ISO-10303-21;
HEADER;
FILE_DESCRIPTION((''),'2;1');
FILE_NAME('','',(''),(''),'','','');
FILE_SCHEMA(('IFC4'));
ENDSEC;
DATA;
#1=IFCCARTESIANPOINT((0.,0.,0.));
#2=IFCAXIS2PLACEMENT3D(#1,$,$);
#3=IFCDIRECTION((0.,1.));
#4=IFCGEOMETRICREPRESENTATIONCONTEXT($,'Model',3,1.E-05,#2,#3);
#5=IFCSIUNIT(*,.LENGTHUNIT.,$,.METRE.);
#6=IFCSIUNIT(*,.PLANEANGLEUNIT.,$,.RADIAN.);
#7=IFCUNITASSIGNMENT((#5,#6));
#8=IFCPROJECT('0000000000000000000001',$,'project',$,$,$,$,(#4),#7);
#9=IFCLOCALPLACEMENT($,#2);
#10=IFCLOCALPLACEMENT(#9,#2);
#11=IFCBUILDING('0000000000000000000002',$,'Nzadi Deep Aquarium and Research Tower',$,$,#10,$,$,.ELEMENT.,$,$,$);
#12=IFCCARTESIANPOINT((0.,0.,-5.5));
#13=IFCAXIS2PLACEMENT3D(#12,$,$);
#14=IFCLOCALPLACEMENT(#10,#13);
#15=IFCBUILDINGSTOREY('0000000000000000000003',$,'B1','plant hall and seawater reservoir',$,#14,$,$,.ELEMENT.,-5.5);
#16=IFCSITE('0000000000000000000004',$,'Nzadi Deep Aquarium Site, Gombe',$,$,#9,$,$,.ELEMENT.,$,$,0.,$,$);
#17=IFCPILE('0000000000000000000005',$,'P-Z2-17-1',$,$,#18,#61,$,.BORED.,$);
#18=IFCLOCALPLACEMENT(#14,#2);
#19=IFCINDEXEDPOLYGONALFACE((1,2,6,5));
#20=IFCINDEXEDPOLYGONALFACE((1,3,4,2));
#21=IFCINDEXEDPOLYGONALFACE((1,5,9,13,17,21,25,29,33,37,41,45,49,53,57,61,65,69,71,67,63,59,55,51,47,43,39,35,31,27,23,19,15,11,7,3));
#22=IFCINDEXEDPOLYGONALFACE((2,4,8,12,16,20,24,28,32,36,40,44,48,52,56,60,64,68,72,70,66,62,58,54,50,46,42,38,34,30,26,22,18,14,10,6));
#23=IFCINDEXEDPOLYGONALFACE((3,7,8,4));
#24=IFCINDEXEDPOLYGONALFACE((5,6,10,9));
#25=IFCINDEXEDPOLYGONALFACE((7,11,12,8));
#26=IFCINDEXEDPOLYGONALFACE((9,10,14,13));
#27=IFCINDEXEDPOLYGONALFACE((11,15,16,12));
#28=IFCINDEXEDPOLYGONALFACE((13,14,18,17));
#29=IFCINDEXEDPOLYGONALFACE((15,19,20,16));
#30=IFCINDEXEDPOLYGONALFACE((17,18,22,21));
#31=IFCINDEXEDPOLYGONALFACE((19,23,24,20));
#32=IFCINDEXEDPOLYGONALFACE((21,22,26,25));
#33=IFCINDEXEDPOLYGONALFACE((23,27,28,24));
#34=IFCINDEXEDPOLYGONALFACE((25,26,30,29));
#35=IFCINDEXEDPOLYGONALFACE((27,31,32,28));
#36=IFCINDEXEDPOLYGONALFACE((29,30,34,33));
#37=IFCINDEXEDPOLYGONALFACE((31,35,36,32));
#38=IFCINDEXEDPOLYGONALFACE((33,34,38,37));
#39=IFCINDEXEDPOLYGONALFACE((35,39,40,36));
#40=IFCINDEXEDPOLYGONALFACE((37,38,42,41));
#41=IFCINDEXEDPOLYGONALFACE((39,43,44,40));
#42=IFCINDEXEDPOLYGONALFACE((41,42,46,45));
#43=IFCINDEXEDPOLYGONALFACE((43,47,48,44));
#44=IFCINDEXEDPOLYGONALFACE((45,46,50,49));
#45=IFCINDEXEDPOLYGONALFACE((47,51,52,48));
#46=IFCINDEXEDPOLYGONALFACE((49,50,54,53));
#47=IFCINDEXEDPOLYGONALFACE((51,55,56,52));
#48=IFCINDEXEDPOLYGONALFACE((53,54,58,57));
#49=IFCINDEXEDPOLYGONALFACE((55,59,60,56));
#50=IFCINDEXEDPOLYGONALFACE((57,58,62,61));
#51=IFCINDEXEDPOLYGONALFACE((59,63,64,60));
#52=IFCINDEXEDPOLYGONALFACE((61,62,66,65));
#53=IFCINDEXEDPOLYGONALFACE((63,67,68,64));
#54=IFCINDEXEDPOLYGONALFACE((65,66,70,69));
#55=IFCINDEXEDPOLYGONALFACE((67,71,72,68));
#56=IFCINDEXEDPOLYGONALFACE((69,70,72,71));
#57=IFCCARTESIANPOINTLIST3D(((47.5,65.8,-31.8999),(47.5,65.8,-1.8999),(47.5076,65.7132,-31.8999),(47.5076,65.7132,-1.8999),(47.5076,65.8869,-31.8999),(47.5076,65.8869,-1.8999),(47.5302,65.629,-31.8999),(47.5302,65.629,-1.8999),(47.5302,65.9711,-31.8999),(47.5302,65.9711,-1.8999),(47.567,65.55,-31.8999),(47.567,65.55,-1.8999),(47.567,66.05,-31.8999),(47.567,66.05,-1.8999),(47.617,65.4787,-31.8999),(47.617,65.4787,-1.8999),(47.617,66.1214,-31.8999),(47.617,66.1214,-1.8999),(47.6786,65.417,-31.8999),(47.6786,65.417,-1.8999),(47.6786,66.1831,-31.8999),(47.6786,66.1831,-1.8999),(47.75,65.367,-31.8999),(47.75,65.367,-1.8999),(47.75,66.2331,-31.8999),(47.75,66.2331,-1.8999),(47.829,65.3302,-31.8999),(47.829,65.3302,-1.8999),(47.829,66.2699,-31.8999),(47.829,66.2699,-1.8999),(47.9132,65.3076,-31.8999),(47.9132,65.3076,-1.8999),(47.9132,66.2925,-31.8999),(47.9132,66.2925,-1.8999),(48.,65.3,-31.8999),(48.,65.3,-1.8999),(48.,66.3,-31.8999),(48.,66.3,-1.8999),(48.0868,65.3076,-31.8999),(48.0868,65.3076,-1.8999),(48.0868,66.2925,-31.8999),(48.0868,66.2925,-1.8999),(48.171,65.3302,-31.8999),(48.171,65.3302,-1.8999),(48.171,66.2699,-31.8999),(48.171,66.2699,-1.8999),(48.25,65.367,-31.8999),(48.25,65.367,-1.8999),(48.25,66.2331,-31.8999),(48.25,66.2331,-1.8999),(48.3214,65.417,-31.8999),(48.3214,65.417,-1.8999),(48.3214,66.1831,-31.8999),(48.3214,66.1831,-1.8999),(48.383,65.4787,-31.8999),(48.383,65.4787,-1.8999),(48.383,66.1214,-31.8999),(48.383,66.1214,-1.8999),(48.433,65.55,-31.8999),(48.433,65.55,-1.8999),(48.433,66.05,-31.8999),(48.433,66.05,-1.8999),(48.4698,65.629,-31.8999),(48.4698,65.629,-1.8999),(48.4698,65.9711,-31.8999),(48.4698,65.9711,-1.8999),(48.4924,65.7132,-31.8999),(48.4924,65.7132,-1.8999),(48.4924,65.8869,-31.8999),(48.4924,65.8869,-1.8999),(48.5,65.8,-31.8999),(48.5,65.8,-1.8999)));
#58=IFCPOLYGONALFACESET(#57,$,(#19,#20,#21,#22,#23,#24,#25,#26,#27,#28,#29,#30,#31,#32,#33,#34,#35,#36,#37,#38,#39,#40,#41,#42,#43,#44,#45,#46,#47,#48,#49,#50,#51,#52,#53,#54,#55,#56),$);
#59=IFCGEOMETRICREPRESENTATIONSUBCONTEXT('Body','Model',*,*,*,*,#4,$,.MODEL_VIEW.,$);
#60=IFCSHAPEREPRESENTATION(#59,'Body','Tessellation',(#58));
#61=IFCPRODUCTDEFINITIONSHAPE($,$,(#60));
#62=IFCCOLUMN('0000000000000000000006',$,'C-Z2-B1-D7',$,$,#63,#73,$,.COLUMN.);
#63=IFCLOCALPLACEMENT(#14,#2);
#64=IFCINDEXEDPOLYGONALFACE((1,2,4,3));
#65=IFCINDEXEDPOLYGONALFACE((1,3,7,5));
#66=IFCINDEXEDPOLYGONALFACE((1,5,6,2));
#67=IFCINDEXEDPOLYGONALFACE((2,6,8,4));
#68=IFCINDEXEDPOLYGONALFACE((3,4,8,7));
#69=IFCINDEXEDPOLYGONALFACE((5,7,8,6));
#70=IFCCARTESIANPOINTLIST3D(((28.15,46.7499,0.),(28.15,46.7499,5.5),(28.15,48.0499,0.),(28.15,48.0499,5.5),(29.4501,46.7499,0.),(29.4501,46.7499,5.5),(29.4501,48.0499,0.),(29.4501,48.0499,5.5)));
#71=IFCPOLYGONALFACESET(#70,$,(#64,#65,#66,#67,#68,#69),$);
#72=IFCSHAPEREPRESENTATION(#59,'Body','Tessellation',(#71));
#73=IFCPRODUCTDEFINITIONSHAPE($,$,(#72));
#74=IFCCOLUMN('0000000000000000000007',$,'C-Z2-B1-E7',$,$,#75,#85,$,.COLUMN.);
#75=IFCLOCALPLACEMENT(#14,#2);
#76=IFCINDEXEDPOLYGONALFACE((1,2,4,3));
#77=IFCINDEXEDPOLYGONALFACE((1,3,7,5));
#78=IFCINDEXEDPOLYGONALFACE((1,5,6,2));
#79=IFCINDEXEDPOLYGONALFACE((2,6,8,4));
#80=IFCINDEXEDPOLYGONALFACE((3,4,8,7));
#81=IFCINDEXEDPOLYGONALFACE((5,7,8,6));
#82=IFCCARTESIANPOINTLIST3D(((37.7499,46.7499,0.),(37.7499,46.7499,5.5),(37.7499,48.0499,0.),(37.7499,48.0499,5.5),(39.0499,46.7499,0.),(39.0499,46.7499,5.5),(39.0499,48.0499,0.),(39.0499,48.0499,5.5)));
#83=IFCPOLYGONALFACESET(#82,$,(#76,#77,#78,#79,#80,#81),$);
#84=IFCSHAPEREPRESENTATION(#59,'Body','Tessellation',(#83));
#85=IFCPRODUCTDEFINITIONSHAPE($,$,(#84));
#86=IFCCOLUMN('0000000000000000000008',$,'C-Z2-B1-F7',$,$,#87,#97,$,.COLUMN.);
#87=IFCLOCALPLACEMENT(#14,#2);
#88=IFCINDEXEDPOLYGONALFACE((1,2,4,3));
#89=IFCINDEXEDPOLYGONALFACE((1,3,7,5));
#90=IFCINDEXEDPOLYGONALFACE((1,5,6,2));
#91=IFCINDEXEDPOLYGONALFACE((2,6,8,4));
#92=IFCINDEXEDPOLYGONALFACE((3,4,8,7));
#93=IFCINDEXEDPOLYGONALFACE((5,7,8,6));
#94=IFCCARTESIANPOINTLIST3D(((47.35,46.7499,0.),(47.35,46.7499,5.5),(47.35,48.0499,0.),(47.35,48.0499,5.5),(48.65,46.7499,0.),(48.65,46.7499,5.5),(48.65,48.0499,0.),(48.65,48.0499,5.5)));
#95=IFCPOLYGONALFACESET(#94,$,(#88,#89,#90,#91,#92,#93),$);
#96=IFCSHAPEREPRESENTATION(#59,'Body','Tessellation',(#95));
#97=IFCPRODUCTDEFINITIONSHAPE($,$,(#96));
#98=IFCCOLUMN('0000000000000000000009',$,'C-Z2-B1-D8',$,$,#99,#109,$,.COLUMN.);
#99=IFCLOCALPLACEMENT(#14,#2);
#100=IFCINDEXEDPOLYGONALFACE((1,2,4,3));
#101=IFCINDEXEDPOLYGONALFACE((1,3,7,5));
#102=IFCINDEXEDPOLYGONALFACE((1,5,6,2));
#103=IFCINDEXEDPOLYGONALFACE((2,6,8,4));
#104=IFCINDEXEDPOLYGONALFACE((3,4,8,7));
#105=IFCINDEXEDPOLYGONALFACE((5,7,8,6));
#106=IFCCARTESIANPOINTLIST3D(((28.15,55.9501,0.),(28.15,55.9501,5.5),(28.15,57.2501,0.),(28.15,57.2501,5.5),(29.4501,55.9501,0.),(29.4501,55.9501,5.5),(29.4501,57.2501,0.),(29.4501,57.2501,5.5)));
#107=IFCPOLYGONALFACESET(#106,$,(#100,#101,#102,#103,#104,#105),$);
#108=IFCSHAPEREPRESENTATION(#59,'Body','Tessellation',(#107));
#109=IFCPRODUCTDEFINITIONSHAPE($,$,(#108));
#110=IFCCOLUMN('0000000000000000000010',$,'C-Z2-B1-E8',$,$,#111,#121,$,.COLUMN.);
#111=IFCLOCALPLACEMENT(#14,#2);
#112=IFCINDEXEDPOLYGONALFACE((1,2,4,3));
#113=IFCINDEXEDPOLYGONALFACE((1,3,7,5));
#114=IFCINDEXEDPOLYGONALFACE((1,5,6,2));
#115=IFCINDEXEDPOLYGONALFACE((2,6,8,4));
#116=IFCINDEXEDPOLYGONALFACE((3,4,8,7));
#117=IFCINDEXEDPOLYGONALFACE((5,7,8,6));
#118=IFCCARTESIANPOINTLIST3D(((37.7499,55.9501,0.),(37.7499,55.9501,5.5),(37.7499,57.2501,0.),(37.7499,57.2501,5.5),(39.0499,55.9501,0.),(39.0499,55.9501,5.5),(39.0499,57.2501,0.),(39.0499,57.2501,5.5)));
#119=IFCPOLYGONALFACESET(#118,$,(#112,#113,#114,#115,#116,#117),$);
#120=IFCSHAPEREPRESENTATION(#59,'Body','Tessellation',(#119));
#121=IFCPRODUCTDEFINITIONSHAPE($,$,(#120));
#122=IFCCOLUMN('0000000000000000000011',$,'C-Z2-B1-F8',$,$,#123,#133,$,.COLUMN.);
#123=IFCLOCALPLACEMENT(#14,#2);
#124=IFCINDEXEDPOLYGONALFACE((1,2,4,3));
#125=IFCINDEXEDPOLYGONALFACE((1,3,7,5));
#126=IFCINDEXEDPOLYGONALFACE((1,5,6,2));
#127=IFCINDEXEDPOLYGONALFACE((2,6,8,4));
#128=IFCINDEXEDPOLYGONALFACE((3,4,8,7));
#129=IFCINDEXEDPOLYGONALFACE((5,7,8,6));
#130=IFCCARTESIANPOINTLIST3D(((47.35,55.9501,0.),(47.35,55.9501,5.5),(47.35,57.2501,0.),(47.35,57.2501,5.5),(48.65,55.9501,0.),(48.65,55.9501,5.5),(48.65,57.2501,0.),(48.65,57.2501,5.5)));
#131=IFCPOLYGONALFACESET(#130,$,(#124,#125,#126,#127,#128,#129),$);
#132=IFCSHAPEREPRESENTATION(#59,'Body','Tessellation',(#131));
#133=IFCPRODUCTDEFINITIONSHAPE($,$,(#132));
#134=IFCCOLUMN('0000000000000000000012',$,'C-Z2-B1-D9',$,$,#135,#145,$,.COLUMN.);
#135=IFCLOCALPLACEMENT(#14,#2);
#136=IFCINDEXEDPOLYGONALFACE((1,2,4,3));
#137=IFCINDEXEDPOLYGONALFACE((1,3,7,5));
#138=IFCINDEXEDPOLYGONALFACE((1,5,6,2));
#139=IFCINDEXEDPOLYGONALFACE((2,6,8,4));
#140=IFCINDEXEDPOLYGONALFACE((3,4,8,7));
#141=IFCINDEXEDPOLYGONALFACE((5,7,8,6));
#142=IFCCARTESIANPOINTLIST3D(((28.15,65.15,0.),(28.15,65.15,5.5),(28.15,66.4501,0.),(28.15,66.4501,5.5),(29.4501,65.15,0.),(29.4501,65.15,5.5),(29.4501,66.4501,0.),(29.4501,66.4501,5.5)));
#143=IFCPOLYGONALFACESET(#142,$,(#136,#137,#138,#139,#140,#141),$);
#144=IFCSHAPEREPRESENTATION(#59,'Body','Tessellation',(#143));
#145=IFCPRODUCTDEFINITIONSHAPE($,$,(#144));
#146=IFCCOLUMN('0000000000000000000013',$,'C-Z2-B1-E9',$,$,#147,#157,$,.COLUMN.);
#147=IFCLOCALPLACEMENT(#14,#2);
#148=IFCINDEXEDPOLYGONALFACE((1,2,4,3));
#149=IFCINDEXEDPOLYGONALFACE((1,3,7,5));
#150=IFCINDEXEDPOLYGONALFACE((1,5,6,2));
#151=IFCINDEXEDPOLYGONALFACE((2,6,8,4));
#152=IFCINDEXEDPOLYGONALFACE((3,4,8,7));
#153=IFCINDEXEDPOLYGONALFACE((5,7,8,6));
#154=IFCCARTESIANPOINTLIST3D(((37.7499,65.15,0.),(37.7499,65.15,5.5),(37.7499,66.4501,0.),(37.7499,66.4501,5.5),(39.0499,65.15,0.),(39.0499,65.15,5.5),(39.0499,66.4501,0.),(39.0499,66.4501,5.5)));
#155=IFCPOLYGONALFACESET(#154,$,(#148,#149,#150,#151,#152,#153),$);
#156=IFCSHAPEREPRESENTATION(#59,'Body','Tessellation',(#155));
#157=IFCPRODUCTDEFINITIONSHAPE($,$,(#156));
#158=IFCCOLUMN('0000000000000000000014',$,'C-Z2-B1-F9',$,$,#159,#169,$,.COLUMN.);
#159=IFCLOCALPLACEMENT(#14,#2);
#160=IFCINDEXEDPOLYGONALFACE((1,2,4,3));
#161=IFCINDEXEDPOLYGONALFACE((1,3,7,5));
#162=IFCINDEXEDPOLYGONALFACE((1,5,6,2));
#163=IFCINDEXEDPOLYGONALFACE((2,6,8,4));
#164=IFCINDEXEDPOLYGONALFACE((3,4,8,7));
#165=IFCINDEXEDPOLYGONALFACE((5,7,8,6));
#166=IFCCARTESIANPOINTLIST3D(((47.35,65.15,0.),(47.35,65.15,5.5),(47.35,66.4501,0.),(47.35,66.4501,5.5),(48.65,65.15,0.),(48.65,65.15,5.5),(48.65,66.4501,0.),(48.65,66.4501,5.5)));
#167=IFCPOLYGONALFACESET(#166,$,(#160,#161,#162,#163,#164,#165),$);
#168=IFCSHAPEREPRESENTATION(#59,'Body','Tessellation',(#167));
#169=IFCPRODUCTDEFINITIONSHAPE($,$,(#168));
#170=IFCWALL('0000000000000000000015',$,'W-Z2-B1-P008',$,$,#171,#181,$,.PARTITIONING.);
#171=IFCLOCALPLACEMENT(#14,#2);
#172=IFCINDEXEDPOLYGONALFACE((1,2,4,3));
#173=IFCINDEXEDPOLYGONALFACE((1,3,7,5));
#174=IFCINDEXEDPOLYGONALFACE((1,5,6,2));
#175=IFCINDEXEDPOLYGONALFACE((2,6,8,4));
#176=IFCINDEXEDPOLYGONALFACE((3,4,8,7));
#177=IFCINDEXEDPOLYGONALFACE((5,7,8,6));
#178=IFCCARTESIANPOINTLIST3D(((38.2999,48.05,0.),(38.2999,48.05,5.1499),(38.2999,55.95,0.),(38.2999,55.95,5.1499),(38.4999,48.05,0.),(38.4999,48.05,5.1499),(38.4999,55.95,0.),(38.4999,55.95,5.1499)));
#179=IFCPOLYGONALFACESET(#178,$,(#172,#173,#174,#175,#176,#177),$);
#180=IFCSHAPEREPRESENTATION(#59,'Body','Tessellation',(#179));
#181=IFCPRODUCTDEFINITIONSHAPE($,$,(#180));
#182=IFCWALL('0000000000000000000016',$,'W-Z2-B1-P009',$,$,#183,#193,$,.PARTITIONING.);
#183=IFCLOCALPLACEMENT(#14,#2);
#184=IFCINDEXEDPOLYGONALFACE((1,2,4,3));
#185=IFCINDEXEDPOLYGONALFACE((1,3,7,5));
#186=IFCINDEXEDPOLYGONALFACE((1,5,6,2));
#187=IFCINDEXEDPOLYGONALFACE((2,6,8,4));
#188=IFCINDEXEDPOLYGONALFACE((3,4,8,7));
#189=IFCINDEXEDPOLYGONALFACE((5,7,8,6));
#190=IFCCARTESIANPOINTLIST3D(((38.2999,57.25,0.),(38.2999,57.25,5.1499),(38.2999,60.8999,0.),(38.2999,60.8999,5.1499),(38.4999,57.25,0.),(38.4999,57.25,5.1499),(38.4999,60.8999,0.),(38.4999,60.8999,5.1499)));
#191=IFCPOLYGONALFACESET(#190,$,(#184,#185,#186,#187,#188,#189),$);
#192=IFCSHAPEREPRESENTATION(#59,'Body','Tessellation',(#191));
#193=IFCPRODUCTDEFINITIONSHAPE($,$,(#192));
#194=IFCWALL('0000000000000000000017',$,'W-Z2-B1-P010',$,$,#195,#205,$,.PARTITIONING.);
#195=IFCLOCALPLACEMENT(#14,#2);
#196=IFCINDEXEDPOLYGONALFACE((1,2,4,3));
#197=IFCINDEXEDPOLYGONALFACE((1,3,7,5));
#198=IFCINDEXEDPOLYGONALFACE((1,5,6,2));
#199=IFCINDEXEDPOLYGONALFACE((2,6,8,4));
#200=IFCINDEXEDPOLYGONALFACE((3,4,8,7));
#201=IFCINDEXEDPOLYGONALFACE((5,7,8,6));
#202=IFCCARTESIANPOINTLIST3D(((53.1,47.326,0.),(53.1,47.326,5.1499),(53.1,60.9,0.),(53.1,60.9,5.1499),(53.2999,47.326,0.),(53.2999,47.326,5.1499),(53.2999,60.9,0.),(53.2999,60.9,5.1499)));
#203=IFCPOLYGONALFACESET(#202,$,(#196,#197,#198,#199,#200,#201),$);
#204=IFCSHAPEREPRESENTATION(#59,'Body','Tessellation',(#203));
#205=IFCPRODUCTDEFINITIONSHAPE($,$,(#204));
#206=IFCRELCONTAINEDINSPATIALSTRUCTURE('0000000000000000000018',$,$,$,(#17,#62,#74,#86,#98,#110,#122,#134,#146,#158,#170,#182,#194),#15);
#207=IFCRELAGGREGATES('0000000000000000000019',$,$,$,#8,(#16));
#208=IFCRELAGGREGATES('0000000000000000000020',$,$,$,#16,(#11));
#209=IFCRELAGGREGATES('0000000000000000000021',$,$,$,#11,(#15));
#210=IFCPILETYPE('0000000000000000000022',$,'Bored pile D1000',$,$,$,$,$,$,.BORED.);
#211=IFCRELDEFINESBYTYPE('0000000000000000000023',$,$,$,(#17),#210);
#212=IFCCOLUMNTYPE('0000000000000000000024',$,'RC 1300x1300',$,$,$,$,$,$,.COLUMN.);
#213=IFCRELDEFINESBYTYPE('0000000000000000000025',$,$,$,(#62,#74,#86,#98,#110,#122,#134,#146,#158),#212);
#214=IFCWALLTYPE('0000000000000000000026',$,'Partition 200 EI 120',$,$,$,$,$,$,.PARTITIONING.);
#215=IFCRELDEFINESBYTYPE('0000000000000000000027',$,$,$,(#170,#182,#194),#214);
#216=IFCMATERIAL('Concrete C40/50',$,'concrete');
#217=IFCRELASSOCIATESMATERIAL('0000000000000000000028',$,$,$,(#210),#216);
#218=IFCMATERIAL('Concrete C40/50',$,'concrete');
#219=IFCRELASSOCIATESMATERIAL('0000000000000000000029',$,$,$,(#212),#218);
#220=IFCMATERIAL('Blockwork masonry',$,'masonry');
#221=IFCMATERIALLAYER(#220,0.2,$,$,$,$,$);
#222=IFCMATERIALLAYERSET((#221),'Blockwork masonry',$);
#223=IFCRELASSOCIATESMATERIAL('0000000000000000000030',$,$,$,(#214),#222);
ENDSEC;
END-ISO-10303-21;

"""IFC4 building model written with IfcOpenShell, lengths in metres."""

from ifc_helpers import new_model, si_unit, direction, frame, frame_2d, origin, origin_2d, place, context, subcontext, project, spatial, rectangle, circle, extrude, material, layer, layer_set, material_profile, profile_set, type_object, element, save


model = new_model("IFC4")

# Units and contexts
model_context = context("Model", 3, precision=1e-05, world=origin(), true_north=direction((0.0, 1.0)))
body_context = subcontext(model_context, "Body", "Model", "MODEL_VIEW")
ifc_project = project(units=[si_unit("LENGTHUNIT", "METRE"), si_unit("PLANEANGLEUNIT", "RADIAN")], contexts=[model_context])

# Site, building, storey
site_placement = place(None, origin())
site = spatial("IfcSite", under=ifc_project, at=site_placement, Name="Nzadi Deep Aquarium Site, Gombe", CompositionType="ELEMENT", RefElevation=0.0)
building_placement = place(site_placement, origin())
building = spatial("IfcBuilding", under=site, at=building_placement, Name="Nzadi Deep Aquarium and Research Tower", CompositionType="ELEMENT")
storey_placement = place(building_placement, frame((0.0, 0.0, -5.5)))
storey = spatial("IfcBuildingStorey", under=building, at=storey_placement, Name="B1", Description="plant hall and seawater reservoir", CompositionType="ELEMENT", Elevation=-5.5)

# Pile
ifc_material_1 = material(Name="Concrete C40/50", Category="concrete")
ifc_material_profile_1 = material_profile(ifc_material_1, circle(Radius=0.5, at=origin_2d()))
ifc_profile_set_1 = profile_set([ifc_material_profile_1], Name="Concrete C40/50")
pile_type = type_object("IfcPileType", Name="Bored pile D1000", PredefinedType="BORED", material=ifc_profile_set_1)
for number, where, z_axis, x_axis, name in (
    (1, (48.0, 65.8, -1.8999), (0.0, 0.0, -1.0), (1.0, 0.0, 0.0), "P-Z2-17-1"),
):
    element("IfcPile", number, at=place(storey_placement, frame(where, z_axis=z_axis, x_axis=x_axis)), inside=storey, type_object=pile_type, Name=name, PredefinedType="BORED", context=body_context, shape_type="SweptSolid", body=[
        extrude(circle(Radius=0.5, at=origin_2d()), origin(), (0.0, 0.0, 1.0), 30.0),
    ])

# Columns
ifc_material_2 = material(Name="Concrete C40/50", Category="concrete")
ifc_material_profile_2 = material_profile(ifc_material_2, rectangle(XDim=1.3, YDim=1.3, at=origin_2d()))
ifc_profile_set_2 = profile_set([ifc_material_profile_2], Name="Concrete C40/50")
column_type = type_object("IfcColumnType", Name="RC 1300x1300", PredefinedType="COLUMN", material=ifc_profile_set_2)
for number, where, z_axis, x_axis, name in (
    (2, (28.8, 47.3999, 0.0), (0.0, 0.0, 1.0), (1.0, 0.0, 0.0), "C-Z2-B1-D7"),
    (3, (38.3999, 47.3999, 0.0), (0.0, 0.0, 1.0), (1.0, 0.0, 0.0), "C-Z2-B1-E7"),
    (4, (48.0, 47.3999, 0.0), (0.0, 0.0, 1.0), (1.0, 0.0, 0.0), "C-Z2-B1-F7"),
    (5, (28.8, 56.6001, 0.0), (0.0, 0.0, 1.0), (1.0, 0.0, 0.0), "C-Z2-B1-D8"),
    (6, (38.3999, 56.6001, 0.0), (0.0, 0.0, 1.0), (1.0, 0.0, 0.0), "C-Z2-B1-E8"),
    (7, (48.0, 56.6001, 0.0), (0.0, 0.0, 1.0), (1.0, 0.0, 0.0), "C-Z2-B1-F8"),
    (8, (28.8, 65.8, 0.0), (0.0, 0.0, 1.0), (1.0, 0.0, 0.0), "C-Z2-B1-D9"),
    (9, (38.3999, 65.8, 0.0), (0.0, 0.0, 1.0), (1.0, 0.0, 0.0), "C-Z2-B1-E9"),
    (10, (48.0, 65.8, 0.0), (0.0, 0.0, 1.0), (1.0, 0.0, 0.0), "C-Z2-B1-F9"),
):
    element("IfcColumn", number, at=place(storey_placement, frame(where, z_axis=z_axis, x_axis=x_axis)), inside=storey, type_object=column_type, Name=name, PredefinedType="COLUMN", context=body_context, shape_type="SweptSolid", body=[
        extrude(rectangle(XDim=1.3, YDim=1.3, at=origin_2d()), origin(), (0.0, 0.0, 1.0), 5.5),
    ])

# Walls
ifc_material_3 = material(Name="Blockwork masonry", Category="masonry")
ifc_layer_1 = layer(ifc_material_3, 0.2)
ifc_layer_set_1 = layer_set([ifc_layer_1], Name="Blockwork masonry")
wall_type_1 = type_object("IfcWallType", Name="Partition 200 EI 120", PredefinedType="PARTITIONING", material=ifc_layer_set_1)
wall_1_placement = place(storey_placement, frame((38.3999, 48.05, 0.0), z_axis=(0.0, 0.0, 1.0), x_axis=(0.0, 1.0, 0.0)))
element("IfcWall", 11, at=wall_1_placement, inside=storey, type_object=wall_type_1, Name="W-Z2-B1-P008", PredefinedType="PARTITIONING", context=body_context, shape_type="SweptSolid", body=[
    extrude(rectangle(XDim=7.8999, YDim=0.2, at=frame_2d((3.95, 0.0))), origin(), (0.0, 0.0, 1.0), 5.1499),
])
wall_2_placement = place(storey_placement, frame((38.3999, 57.25, 0.0), z_axis=(0.0, 0.0, 1.0), x_axis=(0.0, 1.0, 0.0)))
element("IfcWall", 12, at=wall_2_placement, inside=storey, type_object=wall_type_1, Name="W-Z2-B1-P009", PredefinedType="PARTITIONING", context=body_context, shape_type="SweptSolid", body=[
    extrude(rectangle(XDim=3.6499, YDim=0.2, at=frame_2d((1.825, 0.0))), origin(), (0.0, 0.0, 1.0), 5.1499),
])
wall_3_placement = place(storey_placement, frame((53.2, 47.3259, 0.0), z_axis=(0.0, 0.0, 1.0), x_axis=(0.0, 1.0, 0.0)))
element("IfcWall", 13, at=wall_3_placement, inside=storey, type_object=wall_type_1, Name="W-Z2-B1-P010", PredefinedType="PARTITIONING", context=body_context, shape_type="SweptSolid", body=[
    extrude(rectangle(XDim=13.574, YDim=0.2, at=frame_2d((6.7871, 0.0))), origin(), (0.0, 0.0, 1.0), 5.1499),
])

save(model, "model.ifc")
